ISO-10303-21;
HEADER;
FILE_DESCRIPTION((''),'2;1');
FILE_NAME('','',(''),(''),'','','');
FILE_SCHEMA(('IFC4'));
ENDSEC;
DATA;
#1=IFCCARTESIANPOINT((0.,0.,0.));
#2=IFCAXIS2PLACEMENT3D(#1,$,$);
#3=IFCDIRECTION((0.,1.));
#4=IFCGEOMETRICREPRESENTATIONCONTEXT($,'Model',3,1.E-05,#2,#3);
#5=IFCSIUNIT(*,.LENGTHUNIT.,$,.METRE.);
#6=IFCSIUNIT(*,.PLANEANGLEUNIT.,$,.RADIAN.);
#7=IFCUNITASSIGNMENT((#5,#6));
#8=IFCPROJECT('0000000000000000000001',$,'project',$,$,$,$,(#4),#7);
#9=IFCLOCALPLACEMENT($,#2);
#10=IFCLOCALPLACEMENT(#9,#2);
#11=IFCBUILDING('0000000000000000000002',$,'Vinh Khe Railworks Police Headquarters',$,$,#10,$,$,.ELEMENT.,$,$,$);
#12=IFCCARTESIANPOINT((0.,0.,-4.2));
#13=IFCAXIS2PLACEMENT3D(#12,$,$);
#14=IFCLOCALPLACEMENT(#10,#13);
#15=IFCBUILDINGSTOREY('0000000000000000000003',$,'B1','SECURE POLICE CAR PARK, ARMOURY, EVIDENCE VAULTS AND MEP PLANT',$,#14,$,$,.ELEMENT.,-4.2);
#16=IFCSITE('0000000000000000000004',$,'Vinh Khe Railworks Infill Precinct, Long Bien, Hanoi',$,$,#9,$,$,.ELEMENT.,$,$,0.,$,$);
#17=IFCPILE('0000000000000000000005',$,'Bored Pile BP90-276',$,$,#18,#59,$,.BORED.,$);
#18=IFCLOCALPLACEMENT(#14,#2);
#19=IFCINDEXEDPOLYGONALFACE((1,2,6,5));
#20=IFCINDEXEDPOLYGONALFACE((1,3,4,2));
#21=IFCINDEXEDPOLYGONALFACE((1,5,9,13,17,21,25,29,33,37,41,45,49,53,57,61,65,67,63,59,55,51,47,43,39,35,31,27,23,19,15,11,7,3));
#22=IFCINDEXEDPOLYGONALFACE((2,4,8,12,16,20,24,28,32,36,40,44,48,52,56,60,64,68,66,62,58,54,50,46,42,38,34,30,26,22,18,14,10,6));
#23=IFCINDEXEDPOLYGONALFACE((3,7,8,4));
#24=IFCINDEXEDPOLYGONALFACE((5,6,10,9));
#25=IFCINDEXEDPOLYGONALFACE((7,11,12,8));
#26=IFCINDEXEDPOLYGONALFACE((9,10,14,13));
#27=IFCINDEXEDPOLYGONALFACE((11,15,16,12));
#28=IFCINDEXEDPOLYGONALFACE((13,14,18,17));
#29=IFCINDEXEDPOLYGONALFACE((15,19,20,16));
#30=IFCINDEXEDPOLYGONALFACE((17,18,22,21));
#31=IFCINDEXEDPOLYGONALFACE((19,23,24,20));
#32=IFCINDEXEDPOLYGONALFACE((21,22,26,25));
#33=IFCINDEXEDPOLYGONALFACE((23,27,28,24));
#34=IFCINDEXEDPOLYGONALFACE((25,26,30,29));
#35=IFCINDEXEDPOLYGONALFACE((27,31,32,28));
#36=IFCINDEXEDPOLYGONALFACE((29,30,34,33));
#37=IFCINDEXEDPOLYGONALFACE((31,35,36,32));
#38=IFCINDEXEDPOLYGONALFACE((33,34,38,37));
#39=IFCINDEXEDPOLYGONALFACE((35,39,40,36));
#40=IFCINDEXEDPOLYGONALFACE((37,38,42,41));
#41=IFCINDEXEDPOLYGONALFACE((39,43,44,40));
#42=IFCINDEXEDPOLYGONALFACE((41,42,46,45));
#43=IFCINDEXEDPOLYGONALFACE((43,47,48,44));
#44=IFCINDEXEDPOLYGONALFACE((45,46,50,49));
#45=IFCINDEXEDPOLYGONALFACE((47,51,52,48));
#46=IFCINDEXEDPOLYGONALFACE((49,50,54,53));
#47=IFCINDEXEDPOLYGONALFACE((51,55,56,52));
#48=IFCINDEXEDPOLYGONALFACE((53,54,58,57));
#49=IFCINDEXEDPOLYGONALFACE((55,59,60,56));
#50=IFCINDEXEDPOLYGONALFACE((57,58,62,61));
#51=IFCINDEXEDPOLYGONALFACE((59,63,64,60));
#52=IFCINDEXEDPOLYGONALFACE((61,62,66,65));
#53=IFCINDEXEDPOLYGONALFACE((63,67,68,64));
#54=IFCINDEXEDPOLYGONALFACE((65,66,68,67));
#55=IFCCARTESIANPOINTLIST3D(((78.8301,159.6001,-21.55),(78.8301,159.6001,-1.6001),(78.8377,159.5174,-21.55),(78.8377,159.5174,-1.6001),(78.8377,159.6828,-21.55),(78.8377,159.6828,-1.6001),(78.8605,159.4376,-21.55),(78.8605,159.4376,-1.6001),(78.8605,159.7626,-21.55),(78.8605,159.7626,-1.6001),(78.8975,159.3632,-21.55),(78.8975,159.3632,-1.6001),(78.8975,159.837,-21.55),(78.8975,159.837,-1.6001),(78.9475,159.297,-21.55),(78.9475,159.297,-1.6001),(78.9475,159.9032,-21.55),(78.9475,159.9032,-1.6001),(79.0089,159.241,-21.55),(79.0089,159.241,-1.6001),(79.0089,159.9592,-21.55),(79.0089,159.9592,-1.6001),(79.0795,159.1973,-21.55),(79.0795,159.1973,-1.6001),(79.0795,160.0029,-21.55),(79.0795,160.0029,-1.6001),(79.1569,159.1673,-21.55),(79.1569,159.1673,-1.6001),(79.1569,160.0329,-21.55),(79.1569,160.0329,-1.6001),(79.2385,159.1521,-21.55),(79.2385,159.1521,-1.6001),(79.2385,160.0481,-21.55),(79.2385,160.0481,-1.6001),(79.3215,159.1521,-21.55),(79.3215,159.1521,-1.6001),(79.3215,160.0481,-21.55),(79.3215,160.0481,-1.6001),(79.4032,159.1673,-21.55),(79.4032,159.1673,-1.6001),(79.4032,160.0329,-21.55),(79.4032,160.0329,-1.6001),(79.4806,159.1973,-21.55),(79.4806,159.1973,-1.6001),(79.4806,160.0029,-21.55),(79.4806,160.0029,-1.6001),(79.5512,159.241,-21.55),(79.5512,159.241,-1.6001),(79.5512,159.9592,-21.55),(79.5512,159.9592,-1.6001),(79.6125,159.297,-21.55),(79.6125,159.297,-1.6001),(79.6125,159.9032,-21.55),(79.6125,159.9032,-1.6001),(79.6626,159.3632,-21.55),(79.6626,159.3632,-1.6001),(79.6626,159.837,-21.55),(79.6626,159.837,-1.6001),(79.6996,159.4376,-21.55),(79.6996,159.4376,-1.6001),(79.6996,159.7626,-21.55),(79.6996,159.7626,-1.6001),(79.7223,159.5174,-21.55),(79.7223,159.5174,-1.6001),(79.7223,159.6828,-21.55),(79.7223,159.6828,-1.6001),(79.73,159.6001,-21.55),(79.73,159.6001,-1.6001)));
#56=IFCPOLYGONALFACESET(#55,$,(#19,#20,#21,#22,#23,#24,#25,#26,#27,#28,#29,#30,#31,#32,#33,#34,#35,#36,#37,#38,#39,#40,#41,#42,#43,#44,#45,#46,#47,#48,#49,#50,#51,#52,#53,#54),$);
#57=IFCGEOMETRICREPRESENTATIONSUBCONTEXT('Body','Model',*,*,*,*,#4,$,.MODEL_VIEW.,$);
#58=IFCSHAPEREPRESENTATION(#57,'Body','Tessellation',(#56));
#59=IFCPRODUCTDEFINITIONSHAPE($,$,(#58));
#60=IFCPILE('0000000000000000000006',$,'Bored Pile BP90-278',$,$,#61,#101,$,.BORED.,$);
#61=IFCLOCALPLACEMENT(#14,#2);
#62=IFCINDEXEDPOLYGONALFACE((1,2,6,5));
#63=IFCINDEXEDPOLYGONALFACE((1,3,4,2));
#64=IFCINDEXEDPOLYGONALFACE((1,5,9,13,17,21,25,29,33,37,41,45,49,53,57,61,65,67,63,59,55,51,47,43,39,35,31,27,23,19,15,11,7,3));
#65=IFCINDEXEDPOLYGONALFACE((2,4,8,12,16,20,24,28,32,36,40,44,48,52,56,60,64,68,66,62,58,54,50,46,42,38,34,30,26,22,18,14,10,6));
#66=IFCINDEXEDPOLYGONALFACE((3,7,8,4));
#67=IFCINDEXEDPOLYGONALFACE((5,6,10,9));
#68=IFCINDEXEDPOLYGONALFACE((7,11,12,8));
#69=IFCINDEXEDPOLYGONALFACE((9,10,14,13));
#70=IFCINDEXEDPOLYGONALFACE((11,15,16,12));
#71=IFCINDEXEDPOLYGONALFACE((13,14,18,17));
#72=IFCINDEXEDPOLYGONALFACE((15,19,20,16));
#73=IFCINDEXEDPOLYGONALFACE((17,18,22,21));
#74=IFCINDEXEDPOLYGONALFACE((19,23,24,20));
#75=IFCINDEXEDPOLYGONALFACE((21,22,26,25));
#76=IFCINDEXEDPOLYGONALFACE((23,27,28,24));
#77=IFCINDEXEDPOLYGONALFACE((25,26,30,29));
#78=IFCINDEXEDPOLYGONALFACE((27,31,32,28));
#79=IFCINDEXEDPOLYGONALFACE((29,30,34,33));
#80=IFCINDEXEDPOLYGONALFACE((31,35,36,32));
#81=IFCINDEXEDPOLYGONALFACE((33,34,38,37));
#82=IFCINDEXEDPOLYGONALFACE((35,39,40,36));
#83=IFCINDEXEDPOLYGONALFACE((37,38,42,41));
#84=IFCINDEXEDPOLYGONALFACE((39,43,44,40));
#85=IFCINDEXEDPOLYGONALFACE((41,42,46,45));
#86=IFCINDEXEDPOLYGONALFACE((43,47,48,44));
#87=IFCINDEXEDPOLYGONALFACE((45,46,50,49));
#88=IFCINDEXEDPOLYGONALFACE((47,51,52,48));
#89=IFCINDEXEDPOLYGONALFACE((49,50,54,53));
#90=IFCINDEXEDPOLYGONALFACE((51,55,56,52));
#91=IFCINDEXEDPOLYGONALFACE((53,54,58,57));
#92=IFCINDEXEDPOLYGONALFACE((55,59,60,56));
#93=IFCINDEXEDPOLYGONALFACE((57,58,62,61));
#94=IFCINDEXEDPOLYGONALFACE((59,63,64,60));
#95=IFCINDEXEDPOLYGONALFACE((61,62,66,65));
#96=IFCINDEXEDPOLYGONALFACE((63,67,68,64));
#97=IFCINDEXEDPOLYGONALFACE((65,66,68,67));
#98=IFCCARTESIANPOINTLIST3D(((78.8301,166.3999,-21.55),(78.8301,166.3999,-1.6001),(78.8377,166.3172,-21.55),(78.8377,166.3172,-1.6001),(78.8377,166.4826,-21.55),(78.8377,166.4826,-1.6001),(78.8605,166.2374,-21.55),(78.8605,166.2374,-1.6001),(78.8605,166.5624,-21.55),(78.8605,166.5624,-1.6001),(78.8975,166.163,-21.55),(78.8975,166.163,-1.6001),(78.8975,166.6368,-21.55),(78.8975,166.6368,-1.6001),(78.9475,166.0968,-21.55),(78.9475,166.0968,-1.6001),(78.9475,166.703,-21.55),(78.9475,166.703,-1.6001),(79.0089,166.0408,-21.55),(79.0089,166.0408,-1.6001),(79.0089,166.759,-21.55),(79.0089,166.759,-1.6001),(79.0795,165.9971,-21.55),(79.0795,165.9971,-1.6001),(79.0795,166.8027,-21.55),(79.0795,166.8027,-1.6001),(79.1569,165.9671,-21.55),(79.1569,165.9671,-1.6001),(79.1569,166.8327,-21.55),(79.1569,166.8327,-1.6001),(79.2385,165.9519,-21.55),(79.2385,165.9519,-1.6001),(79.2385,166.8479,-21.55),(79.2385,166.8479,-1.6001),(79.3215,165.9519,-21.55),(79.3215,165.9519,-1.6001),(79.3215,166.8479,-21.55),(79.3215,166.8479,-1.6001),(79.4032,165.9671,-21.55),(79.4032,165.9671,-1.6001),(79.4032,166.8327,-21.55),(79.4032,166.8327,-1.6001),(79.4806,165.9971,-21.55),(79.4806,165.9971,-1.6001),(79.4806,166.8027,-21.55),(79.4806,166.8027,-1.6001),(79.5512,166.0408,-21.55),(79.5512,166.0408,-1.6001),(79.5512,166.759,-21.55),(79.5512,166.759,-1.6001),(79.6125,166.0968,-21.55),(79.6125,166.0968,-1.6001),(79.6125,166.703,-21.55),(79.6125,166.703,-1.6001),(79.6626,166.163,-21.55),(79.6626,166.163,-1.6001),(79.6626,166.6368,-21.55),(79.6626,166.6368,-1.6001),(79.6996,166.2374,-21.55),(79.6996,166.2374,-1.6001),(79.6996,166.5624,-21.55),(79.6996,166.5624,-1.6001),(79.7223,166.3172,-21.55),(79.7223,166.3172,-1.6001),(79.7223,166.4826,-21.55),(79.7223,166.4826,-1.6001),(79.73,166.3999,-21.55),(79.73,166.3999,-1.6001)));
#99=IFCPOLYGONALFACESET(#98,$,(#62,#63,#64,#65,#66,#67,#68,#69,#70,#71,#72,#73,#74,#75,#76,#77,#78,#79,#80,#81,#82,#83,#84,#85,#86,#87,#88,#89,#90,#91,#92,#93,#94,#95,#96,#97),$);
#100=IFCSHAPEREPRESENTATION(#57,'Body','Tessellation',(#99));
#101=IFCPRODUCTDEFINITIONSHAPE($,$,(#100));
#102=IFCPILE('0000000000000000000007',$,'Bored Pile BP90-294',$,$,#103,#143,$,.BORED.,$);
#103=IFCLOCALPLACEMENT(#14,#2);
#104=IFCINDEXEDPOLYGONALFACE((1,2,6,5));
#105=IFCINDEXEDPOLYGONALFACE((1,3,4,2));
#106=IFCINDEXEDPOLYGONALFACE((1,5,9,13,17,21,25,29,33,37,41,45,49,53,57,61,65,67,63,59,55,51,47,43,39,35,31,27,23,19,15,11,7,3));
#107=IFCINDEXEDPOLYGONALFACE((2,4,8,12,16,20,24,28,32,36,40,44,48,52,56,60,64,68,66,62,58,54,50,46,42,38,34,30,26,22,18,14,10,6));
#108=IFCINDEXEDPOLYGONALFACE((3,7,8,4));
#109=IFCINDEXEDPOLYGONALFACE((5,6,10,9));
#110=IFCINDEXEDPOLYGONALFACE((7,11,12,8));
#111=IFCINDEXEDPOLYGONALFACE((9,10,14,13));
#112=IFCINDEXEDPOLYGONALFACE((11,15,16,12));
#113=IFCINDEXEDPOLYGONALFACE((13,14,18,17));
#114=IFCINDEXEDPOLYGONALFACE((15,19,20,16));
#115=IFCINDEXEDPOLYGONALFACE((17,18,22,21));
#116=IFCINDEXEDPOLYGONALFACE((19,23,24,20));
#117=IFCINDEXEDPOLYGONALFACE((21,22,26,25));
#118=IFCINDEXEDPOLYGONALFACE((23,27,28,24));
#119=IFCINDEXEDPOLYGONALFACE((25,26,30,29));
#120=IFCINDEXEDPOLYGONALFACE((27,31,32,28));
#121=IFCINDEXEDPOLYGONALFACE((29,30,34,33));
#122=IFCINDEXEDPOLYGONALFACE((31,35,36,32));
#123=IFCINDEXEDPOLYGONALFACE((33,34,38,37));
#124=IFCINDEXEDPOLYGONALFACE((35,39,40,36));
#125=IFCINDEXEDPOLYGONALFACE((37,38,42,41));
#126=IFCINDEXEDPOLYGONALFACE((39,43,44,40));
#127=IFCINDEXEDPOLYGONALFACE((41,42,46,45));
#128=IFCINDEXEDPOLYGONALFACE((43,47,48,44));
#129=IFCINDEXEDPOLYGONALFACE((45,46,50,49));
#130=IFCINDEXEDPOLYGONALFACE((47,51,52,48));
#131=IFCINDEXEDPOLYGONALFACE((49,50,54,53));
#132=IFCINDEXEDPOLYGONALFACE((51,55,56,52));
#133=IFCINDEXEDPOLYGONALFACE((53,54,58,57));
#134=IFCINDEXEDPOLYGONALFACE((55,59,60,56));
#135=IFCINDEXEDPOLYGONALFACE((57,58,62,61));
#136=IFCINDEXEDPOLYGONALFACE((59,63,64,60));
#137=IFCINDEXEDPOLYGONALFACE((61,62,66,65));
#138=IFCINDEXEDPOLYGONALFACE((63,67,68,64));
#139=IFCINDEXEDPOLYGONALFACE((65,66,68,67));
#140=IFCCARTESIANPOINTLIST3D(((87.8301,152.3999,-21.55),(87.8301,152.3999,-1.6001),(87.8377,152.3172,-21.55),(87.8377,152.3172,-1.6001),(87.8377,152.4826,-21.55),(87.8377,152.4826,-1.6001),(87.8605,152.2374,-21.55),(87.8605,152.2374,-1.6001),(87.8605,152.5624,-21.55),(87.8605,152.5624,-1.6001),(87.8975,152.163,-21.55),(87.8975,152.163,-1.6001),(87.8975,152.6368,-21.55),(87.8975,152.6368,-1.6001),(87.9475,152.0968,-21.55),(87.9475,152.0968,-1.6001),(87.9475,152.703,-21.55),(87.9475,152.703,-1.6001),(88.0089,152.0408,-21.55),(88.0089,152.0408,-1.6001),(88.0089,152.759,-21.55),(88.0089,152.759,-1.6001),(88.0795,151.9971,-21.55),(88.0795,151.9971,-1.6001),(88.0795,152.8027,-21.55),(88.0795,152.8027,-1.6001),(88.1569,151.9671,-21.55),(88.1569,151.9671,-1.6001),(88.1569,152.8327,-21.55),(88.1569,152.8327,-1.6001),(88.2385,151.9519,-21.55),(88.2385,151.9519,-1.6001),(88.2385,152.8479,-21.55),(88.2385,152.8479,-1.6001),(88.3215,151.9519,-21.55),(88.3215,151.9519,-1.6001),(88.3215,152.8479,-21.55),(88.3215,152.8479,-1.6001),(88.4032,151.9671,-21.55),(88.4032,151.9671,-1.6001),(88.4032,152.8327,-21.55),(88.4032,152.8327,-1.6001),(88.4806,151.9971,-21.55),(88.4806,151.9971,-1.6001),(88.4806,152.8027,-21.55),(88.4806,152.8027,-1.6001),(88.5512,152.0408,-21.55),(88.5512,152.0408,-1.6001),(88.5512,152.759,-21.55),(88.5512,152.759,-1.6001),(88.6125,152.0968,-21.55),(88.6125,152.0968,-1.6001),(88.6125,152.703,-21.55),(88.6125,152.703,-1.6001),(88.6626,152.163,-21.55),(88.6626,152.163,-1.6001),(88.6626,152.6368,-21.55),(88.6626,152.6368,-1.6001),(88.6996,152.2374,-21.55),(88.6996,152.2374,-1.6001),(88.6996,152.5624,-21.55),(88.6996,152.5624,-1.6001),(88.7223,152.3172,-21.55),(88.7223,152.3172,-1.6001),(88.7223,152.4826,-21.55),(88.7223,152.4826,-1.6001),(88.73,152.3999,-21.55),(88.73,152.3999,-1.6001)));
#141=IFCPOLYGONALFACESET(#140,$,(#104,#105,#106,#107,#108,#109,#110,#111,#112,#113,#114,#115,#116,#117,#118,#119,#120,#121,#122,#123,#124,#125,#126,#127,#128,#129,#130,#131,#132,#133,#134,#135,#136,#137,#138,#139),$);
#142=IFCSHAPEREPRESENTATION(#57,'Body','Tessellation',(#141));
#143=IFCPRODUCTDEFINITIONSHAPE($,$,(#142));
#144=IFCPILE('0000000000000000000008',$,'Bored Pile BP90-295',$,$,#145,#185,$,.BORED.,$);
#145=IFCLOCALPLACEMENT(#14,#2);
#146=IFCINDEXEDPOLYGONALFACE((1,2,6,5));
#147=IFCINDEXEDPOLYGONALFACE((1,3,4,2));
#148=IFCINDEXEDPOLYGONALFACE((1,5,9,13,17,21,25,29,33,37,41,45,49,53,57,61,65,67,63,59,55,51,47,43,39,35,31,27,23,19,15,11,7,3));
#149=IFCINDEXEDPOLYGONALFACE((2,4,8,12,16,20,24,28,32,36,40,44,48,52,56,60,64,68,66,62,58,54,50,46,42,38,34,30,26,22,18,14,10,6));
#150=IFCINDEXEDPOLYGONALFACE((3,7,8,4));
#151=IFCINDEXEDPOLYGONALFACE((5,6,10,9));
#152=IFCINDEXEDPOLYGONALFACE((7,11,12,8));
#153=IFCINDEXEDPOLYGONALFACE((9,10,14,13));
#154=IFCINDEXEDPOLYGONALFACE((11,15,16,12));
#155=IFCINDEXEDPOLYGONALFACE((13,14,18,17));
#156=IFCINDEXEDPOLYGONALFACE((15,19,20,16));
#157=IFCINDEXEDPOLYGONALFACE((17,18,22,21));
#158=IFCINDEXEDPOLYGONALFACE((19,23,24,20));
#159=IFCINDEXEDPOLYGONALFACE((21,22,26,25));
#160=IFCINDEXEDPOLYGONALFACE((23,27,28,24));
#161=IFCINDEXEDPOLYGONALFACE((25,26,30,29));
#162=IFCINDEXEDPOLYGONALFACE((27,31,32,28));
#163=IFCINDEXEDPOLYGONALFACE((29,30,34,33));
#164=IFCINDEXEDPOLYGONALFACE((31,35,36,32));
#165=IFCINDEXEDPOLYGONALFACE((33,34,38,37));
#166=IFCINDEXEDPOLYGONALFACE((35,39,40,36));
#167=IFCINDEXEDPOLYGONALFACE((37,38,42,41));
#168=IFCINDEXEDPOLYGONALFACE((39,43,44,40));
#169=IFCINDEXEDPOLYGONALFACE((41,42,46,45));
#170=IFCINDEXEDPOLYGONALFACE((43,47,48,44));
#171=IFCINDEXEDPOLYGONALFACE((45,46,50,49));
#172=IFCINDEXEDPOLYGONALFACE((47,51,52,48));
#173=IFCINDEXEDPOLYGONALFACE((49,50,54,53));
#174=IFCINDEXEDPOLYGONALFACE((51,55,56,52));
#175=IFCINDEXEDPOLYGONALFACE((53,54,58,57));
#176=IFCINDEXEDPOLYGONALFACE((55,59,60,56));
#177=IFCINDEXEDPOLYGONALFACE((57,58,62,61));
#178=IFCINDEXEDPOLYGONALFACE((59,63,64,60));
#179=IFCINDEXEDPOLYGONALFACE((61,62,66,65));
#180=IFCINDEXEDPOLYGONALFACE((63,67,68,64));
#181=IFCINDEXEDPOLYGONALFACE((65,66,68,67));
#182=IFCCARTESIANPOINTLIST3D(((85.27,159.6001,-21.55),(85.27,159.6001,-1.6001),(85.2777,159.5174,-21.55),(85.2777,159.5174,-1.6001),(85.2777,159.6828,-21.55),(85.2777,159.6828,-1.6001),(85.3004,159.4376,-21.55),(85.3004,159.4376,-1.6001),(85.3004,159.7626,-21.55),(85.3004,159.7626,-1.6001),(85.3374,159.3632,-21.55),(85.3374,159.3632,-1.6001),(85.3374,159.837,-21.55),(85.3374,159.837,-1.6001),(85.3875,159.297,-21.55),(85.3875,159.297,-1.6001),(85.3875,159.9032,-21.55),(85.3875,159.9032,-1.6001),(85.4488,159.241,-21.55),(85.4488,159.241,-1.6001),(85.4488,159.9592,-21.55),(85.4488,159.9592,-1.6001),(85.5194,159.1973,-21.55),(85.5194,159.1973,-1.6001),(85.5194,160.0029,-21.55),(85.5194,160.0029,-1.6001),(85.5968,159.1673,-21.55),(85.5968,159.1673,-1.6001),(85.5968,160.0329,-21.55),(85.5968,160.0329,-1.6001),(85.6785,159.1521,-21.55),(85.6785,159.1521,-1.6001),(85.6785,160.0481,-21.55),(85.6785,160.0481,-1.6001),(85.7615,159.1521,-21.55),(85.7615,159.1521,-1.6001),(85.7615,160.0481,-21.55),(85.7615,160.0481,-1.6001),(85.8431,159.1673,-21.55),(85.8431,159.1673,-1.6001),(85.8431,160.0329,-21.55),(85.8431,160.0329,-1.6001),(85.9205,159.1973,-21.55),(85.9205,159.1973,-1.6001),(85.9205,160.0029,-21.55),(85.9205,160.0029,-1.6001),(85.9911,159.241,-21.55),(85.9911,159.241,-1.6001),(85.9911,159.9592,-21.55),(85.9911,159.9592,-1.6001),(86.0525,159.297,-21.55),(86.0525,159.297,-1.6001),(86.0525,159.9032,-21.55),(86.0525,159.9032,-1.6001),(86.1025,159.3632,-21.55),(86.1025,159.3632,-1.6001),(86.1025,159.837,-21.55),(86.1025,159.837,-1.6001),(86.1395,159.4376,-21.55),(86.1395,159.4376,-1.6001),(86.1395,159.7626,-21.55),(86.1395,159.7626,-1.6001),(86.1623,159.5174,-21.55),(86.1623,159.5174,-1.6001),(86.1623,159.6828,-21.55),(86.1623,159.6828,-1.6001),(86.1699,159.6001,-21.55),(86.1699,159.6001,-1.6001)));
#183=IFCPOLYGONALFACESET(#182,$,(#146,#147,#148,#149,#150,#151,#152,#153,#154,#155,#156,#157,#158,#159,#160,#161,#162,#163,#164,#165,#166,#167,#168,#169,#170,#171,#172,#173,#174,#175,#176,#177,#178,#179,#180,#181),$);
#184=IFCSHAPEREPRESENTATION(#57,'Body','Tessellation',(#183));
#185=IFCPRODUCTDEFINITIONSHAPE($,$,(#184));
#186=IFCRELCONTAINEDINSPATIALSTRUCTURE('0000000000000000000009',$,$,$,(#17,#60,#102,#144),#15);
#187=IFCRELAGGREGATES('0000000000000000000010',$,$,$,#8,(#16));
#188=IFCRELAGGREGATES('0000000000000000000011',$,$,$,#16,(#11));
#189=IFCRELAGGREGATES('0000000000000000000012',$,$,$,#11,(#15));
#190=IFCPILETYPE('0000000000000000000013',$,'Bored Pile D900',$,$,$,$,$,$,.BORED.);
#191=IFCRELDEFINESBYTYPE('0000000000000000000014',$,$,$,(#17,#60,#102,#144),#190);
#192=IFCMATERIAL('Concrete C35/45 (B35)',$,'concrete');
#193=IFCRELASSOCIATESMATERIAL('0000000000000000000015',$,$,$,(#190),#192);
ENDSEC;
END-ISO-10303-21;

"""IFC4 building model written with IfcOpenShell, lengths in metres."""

from ifc_helpers import new_model, si_unit, direction, frame, origin, origin_2d, place, context, subcontext, project, spatial, circle, extrude, material, material_profile, profile_set, type_object, element, save


model = new_model("IFC4")

# Units and contexts
model_context = context("Model", 3, precision=1e-05, world=origin(), true_north=direction((0.0, 1.0)))
body_context = subcontext(model_context, "Body", "Model", "MODEL_VIEW")
ifc_project = project(units=[si_unit("LENGTHUNIT", "METRE"), si_unit("PLANEANGLEUNIT", "RADIAN")], contexts=[model_context])

# Site, building, storey
site_placement = place(None, origin())
site = spatial("IfcSite", under=ifc_project, at=site_placement, Name="Vinh Khe Railworks Infill Precinct, Long Bien, Hanoi", CompositionType="ELEMENT", RefElevation=0.0)
building_placement = place(site_placement, origin())
building = spatial("IfcBuilding", under=site, at=building_placement, Name="Vinh Khe Railworks Police Headquarters", CompositionType="ELEMENT")
storey_placement = place(building_placement, frame((0.0, 0.0, -4.2)))
storey = spatial("IfcBuildingStorey", under=building, at=storey_placement, Name="B1", Description="SECURE POLICE CAR PARK, ARMOURY, EVIDENCE VAULTS AND MEP PLANT", CompositionType="ELEMENT", Elevation=-4.2)

# Piles
ifc_material_1 = material(Name="Concrete C35/45 (B35)", Category="concrete")
ifc_material_profile_1 = material_profile(ifc_material_1, circle(Radius=0.45, at=origin_2d()), Name="BORED PILE D900")
ifc_profile_set_1 = profile_set([ifc_material_profile_1], Name="Concrete C35/45 (B35)")
pile_type = type_object("IfcPileType", Name="Bored Pile D900", PredefinedType="BORED", material=ifc_profile_set_1)
for number, where, z_axis, x_axis, name in (
    (1, (79.28, 159.6001, -1.6001), (0.0, 0.0, -1.0), (1.0, 0.0, 0.0), "Bored Pile BP90-276"),
    (2, (79.28, 166.3999, -1.6001), (0.0, 0.0, -1.0), (1.0, 0.0, 0.0), "Bored Pile BP90-278"),
    (3, (88.28, 152.3999, -1.6001), (0.0, 0.0, -1.0), (1.0, 0.0, 0.0), "Bored Pile BP90-294"),
    (4, (85.72, 159.6001, -1.6001), (0.0, 0.0, -1.0), (1.0, 0.0, 0.0), "Bored Pile BP90-295"),
):
    element("IfcPile", number, at=place(storey_placement, frame(where, z_axis=z_axis, x_axis=x_axis)), inside=storey, type_object=pile_type, Name=name, PredefinedType="BORED", context=body_context, shape_type="SweptSolid", body=[
        extrude(circle(Radius=0.45, at=origin_2d()), origin(), (0.0, 0.0, 1.0), 19.95),
    ])

save(model, "model.ifc")
